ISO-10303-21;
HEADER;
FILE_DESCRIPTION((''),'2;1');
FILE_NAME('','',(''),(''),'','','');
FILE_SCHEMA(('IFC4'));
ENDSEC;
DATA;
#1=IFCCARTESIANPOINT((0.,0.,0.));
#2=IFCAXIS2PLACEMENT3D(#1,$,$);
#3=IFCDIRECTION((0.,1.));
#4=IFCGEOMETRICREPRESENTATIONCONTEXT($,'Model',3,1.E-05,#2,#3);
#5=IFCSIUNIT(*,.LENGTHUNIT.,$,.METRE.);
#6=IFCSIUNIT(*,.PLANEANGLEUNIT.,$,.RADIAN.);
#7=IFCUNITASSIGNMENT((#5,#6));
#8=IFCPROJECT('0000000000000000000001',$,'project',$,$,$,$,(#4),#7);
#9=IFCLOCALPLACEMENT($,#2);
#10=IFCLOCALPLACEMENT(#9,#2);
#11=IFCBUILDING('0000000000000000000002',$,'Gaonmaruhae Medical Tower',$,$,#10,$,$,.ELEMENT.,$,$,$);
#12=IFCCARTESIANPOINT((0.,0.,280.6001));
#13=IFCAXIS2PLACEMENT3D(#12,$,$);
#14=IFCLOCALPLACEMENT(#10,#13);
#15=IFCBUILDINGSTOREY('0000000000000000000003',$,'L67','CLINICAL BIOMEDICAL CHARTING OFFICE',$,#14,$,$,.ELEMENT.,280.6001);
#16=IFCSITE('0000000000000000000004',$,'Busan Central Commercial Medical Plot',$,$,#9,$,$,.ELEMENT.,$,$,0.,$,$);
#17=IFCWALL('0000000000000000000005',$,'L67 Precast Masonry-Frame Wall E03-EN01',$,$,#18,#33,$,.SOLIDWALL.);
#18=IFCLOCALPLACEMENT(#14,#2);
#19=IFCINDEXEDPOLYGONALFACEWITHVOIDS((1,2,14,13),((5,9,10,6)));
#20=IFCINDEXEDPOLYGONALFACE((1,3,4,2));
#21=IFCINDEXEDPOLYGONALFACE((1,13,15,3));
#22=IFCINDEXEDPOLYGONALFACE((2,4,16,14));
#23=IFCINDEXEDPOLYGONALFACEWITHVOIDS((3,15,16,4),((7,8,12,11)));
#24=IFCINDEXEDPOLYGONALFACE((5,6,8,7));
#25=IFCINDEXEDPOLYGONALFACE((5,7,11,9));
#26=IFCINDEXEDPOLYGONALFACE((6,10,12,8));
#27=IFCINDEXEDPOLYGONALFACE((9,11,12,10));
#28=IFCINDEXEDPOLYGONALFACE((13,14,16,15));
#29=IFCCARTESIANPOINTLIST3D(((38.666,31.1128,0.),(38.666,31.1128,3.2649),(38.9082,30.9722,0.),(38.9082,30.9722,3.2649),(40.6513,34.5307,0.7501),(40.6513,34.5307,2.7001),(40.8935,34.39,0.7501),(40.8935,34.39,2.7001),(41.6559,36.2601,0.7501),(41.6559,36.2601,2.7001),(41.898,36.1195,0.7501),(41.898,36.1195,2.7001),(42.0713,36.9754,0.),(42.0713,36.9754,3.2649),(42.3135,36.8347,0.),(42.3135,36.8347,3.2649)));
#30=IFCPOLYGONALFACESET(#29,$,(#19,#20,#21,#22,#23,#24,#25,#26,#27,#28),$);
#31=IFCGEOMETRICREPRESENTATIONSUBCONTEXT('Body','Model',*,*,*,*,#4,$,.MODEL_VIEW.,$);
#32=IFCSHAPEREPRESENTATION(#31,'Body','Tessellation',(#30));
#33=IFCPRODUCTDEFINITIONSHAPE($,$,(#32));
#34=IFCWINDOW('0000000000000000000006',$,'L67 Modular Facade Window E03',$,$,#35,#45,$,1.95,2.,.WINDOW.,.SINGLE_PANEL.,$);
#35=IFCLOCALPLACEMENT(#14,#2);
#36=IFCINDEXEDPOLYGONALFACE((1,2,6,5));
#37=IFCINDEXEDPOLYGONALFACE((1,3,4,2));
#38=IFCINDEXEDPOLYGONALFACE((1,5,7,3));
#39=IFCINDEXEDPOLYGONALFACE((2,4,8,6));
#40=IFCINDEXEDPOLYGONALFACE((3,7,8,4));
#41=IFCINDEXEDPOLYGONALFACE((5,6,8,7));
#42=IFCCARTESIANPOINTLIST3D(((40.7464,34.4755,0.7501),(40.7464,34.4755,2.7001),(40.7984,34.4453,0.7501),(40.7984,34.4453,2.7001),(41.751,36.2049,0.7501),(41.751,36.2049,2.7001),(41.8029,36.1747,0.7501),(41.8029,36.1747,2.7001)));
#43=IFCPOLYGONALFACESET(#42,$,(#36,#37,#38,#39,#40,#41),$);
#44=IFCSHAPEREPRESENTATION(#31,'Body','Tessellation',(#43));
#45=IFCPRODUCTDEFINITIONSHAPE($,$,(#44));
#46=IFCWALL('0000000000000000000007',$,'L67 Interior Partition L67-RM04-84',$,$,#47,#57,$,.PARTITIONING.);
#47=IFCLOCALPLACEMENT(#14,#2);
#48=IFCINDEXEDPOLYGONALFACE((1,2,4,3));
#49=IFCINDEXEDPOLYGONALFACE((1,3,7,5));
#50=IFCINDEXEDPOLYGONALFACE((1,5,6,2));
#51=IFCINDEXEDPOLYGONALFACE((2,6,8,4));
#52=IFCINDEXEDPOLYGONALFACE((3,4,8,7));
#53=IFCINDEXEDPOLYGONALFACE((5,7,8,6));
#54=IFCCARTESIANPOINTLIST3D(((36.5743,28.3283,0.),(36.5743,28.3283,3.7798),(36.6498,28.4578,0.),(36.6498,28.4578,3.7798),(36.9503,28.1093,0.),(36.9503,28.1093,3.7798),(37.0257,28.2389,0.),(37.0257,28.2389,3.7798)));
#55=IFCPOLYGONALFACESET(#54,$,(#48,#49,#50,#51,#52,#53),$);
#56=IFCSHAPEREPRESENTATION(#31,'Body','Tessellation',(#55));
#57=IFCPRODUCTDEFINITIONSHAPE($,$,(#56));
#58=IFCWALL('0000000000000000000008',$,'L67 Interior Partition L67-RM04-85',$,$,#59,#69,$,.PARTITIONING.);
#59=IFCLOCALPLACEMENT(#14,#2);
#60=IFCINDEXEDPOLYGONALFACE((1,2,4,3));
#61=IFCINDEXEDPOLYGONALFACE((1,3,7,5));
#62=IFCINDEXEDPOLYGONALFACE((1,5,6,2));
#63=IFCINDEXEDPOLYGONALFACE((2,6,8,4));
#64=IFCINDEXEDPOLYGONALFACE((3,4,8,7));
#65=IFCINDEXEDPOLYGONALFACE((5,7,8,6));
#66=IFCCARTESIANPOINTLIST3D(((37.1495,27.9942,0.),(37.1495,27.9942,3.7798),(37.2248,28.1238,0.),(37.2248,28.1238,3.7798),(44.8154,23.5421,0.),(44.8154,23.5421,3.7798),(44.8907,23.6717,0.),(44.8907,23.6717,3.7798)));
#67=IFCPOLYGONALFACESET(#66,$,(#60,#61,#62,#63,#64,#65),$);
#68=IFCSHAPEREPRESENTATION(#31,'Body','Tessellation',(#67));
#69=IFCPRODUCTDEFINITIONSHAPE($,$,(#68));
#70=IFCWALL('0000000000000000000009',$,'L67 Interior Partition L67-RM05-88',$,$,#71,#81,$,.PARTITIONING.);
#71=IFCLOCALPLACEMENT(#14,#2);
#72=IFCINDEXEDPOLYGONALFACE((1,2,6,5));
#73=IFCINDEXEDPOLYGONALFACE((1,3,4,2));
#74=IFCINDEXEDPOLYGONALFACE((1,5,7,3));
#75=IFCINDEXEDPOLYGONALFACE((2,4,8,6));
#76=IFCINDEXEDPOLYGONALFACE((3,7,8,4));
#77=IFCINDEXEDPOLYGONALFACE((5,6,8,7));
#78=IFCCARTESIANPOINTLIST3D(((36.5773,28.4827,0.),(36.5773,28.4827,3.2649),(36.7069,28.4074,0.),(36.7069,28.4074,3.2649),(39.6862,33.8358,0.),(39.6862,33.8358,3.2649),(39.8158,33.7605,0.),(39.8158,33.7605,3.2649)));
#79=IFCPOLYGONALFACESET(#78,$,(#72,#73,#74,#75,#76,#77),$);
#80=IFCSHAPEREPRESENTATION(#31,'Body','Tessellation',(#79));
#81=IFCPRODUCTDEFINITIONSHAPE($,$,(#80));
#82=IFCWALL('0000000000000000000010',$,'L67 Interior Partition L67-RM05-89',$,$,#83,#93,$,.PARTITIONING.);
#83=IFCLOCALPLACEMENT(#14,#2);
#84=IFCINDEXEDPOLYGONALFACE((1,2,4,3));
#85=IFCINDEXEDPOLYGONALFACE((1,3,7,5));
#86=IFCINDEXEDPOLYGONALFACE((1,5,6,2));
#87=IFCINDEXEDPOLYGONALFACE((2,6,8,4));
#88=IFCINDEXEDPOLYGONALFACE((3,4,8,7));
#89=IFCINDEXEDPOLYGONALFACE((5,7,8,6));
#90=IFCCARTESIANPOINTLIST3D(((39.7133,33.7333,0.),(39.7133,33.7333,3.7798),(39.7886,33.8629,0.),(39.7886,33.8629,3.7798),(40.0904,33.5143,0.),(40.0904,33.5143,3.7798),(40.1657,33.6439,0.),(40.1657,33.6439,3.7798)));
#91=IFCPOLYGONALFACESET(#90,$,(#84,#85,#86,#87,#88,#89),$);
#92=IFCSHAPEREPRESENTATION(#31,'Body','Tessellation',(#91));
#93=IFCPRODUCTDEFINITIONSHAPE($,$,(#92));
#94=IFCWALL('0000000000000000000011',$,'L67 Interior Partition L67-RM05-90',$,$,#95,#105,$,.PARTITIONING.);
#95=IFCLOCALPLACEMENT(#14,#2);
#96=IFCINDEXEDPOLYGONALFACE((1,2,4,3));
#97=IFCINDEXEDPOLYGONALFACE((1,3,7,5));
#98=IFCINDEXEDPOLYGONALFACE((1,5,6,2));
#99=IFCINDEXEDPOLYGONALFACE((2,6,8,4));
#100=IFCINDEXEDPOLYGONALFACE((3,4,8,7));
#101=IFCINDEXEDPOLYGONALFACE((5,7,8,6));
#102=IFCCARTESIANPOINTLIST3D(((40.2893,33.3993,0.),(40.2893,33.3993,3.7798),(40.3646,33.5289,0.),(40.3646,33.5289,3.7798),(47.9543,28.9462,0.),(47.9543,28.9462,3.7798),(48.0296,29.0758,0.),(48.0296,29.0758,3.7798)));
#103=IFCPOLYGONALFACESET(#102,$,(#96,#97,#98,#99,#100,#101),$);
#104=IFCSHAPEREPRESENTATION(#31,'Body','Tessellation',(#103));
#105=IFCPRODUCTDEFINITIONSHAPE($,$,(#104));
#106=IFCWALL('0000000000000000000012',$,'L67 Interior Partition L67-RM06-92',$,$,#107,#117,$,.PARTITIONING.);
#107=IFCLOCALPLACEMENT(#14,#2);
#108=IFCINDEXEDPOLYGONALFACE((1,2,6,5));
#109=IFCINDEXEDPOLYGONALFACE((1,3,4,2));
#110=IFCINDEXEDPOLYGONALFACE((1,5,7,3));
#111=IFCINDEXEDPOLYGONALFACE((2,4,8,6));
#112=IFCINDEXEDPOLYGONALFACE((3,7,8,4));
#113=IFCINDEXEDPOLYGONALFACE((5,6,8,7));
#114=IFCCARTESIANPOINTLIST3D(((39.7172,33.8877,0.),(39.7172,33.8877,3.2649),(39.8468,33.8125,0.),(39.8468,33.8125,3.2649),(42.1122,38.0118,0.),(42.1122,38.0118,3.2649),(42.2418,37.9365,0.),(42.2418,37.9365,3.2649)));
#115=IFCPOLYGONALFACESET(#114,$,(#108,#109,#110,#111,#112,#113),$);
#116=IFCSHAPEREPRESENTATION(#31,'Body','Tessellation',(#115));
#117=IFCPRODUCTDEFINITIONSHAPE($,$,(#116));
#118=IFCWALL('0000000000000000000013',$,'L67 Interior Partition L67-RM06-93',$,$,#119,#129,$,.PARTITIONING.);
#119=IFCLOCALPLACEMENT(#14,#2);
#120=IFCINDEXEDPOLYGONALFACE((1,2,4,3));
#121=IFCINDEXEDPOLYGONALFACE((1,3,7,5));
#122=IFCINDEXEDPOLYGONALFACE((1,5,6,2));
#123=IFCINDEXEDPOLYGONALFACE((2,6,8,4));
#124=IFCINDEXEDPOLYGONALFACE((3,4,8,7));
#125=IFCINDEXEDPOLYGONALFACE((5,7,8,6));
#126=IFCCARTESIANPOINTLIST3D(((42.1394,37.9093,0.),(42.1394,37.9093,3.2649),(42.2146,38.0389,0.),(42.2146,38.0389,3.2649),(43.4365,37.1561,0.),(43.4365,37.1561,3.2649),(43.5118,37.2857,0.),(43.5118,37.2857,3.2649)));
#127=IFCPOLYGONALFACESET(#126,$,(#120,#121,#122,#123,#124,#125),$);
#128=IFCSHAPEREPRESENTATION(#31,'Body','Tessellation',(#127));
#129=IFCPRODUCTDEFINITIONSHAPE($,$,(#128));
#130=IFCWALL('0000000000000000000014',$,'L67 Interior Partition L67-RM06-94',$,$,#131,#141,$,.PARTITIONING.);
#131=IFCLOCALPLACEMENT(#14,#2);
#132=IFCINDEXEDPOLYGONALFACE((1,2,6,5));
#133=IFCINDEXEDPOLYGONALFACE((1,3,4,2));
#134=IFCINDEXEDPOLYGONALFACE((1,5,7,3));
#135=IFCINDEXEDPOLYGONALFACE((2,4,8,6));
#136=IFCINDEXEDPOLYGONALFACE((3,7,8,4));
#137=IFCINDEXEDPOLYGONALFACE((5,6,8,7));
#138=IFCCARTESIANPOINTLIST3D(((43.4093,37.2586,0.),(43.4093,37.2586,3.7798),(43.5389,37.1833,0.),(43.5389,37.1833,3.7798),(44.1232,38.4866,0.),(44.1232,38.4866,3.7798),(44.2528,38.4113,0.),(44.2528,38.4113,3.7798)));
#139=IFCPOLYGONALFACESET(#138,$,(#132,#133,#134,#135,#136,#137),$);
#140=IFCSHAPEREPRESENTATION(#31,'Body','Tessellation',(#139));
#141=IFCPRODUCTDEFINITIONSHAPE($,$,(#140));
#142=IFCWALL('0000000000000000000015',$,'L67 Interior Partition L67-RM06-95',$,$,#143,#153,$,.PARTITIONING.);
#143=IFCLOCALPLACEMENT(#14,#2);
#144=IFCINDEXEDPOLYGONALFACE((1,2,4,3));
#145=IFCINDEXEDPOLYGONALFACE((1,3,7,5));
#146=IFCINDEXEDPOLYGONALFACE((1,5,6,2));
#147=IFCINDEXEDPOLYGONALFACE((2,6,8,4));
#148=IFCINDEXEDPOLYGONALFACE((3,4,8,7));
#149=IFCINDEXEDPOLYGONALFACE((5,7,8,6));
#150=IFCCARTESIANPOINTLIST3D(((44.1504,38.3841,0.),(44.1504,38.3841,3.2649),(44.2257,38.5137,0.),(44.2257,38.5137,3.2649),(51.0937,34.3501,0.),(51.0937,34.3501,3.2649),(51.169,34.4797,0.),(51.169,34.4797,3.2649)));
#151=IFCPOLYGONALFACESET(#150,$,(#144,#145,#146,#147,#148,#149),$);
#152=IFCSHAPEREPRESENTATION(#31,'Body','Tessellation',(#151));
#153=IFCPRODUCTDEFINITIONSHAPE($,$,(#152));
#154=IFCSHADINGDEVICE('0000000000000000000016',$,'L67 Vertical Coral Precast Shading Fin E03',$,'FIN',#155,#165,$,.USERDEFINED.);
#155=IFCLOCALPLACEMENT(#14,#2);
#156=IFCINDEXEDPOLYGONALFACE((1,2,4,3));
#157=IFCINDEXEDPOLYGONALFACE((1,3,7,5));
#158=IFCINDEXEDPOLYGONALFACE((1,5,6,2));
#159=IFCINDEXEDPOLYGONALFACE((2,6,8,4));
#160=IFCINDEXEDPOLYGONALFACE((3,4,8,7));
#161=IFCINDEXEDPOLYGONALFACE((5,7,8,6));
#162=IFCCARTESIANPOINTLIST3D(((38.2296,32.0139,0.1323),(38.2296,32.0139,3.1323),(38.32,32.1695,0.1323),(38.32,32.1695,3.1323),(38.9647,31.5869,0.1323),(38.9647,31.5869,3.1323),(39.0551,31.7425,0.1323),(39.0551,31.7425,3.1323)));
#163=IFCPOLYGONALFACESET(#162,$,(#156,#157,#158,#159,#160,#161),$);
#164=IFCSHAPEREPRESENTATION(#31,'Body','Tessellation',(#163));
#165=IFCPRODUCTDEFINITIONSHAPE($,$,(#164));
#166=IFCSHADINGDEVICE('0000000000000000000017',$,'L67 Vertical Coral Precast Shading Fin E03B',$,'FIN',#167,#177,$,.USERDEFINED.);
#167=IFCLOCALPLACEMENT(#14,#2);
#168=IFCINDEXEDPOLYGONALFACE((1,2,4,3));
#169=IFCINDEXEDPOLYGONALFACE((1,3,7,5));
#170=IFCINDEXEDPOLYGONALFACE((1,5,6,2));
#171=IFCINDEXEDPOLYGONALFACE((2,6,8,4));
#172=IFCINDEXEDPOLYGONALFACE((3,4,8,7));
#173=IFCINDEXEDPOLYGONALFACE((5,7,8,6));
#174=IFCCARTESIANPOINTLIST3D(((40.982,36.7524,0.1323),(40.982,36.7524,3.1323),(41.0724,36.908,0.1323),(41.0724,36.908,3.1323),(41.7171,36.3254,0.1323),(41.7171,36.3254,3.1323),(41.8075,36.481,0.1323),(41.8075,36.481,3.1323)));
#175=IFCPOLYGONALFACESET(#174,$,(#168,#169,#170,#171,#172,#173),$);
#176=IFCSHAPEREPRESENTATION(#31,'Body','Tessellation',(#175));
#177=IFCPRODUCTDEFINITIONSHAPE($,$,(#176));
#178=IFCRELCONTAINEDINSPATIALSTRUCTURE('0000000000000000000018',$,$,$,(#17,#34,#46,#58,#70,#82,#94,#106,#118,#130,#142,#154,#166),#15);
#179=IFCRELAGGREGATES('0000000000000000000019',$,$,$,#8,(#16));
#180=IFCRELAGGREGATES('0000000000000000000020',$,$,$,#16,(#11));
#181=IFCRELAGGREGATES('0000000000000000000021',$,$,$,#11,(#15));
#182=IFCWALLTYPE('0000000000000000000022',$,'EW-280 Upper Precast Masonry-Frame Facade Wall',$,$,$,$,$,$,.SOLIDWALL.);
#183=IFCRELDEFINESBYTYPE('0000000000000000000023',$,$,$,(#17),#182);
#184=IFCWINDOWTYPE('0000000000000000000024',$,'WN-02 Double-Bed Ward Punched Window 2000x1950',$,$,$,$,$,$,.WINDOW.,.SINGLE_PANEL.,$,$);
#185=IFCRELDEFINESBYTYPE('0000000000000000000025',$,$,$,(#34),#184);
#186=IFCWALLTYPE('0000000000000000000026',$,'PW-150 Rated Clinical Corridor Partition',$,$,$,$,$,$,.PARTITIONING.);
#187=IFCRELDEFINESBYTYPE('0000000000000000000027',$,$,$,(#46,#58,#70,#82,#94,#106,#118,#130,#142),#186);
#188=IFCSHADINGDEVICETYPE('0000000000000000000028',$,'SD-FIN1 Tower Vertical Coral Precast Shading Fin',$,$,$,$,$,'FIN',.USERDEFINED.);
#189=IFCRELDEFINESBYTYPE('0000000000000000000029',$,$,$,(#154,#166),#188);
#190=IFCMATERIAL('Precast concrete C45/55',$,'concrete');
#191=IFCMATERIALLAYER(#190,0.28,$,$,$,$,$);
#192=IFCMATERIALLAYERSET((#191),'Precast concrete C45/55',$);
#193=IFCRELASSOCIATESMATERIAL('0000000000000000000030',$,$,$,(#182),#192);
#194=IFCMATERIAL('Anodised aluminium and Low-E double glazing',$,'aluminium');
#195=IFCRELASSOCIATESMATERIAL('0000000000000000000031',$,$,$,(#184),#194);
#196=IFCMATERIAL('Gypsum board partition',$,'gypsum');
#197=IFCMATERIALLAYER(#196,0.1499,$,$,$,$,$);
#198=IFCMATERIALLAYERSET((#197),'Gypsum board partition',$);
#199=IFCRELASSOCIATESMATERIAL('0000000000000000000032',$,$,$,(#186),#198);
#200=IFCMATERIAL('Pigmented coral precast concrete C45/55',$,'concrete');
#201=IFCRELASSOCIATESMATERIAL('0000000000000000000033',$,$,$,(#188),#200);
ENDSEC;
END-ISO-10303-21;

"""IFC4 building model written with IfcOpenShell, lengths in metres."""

from ifc_helpers import new_model, si_unit, direction, frame, frame_2d, origin, origin_2d, place, context, subcontext, project, spatial, rectangle, extrude, material, layer, layer_set, type_object, element, fill, save


model = new_model("IFC4")

# Units and contexts
model_context = context("Model", 3, precision=1e-05, world=origin(), true_north=direction((0.0, 1.0)))
body_context = subcontext(model_context, "Body", "Model", "MODEL_VIEW")
ifc_project = project(units=[si_unit("LENGTHUNIT", "METRE"), si_unit("PLANEANGLEUNIT", "RADIAN")], contexts=[model_context])

# Site, building, storey
site_placement = place(None, origin())
site = spatial("IfcSite", under=ifc_project, at=site_placement, Name="Busan Central Commercial Medical Plot", CompositionType="ELEMENT", RefElevation=0.0)
building_placement = place(site_placement, origin())
building = spatial("IfcBuilding", under=site, at=building_placement, Name="Gaonmaruhae Medical Tower", CompositionType="ELEMENT")
storey_placement = place(building_placement, frame((0.0, 0.0, 280.6001)))
storey = spatial("IfcBuildingStorey", under=building, at=storey_placement, Name="L67", Description="CLINICAL BIOMEDICAL CHARTING OFFICE", CompositionType="ELEMENT", Elevation=280.6001)

# Shared definitions
ifc_material_1 = material(Name="Precast concrete C45/55", Category="concrete")
ifc_layer_1 = layer(ifc_material_1, 0.28)
ifc_layer_set_1 = layer_set([ifc_layer_1], Name="Precast concrete C45/55")
wall_type_1 = type_object("IfcWallType", Name="EW-280 Upper Precast Masonry-Frame Facade Wall", PredefinedType="SOLIDWALL", material=ifc_layer_set_1)

# Wall, opening, window
wall_1_placement = place(storey_placement, frame((38.7871, 31.0425, 0.0), z_axis=(0.0, 0.0, 1.0), x_axis=(0.502269, 0.864711, 0.0)))
wall_1 = element("IfcWall", 1, at=wall_1_placement, inside=storey, type_object=wall_type_1, Name="L67 Precast Masonry-Frame Wall E03-EN01", PredefinedType="SOLIDWALL", context=body_context, shape_type="SweptSolid", body=[
    extrude(rectangle(XDim=6.7798, YDim=0.28, at=frame_2d((3.3899, 0.0))), origin(), (0.0, 0.0, 1.0), 3.2649),
])
opening_placement = place(wall_1_placement, frame((3.9526, 0.0, 0.75)))
opening = element("IfcOpeningElement", 2, at=opening_placement, cuts=wall_1, PredefinedType="OPENING", context=body_context, shape_type="SweptSolid", body=[
    extrude(rectangle(XDim=2.0, YDim=1.95, at=frame_2d((1.0, 0.9751))), frame((0.0, 0.1499, 0.0), z_axis=(0.0, -1.0, 0.0), x_axis=(1.0, 0.0, 0.0)), (0.0, 0.0, 1.0), 0.3),
])
ifc_material_2 = material(Name="Anodised aluminium and Low-E double glazing", Category="aluminium")
window_type = type_object("IfcWindowType", Name="WN-02 Double-Bed Ward Punched Window 2000x1950", PartitioningType="SINGLE_PANEL", PredefinedType="WINDOW", material=ifc_material_2)
window_placement = place(opening_placement, origin())
window = element("IfcWindow", 3, at=window_placement, inside=storey, type_object=window_type, Name="L67 Modular Facade Window E03", OverallHeight=1.95, OverallWidth=2.0, PartitioningType="SINGLE_PANEL", PredefinedType="WINDOW", context=body_context, shape_type="SweptSolid", body=[
    extrude(rectangle(XDim=2.0, YDim=1.95, at=frame_2d((1.0, 0.9751))), frame((0.0, 0.03, 0.0), z_axis=(0.0, -1.0, 0.0), x_axis=(1.0, 0.0, 0.0)), (0.0, 0.0, 1.0), 0.0601),
])
fill(opening, window)

# Walls
ifc_material_3 = material(Name="Gypsum board partition", Category="gypsum")
ifc_layer_2 = layer(ifc_material_3, 0.1499)
ifc_layer_set_2 = layer_set([ifc_layer_2], Name="Gypsum board partition")
wall_type_2 = type_object("IfcWallType", Name="PW-150 Rated Clinical Corridor Partition", PredefinedType="PARTITIONING", material=ifc_layer_set_2)
wall_2_placement = place(storey_placement, frame((36.6121, 28.3931, 0.0), z_axis=(0.0, 0.0, 1.0), x_axis=(0.864104, -0.503313, 0.0)))
element("IfcWall", 4, at=wall_2_placement, inside=storey, type_object=wall_type_2, Name="L67 Interior Partition L67-RM04-84", PredefinedType="PARTITIONING", context=body_context, shape_type="SweptSolid", body=[
    extrude(rectangle(XDim=0.4351, YDim=0.1499, at=frame_2d((0.2175, 0.0))), origin(), (0.0, 0.0, 1.0), 3.7798),
])
wall_3_placement = place(storey_placement, frame((37.187, 28.0591, 0.0), z_axis=(0.0, 0.0, 1.0), x_axis=(0.864744, -0.502213, 0.0)))
element("IfcWall", 5, at=wall_3_placement, inside=storey, type_object=wall_type_2, Name="L67 Interior Partition L67-RM04-85", PredefinedType="PARTITIONING", context=body_context, shape_type="SweptSolid", body=[
    extrude(rectangle(XDim=8.865, YDim=0.1499, at=frame_2d((4.4326, 0.0))), origin(), (0.0, 0.0, 1.0), 3.7798),
])
wall_4_placement = place(storey_placement, frame((36.6421, 28.4451, 0.0), z_axis=(0.0, 0.0, 1.0), x_axis=(0.502217, 0.864741, 0.0)))
element("IfcWall", 6, at=wall_4_placement, inside=storey, type_object=wall_type_2, Name="L67 Interior Partition L67-RM05-88", PredefinedType="PARTITIONING", context=body_context, shape_type="SweptSolid", body=[
    extrude(rectangle(XDim=6.1904, YDim=0.1499, at=frame_2d((3.0952, 0.0))), origin(), (0.0, 0.0, 1.0), 3.2649),
])
wall_5_placement = place(storey_placement, frame((39.751, 33.7981, 0.0), z_axis=(0.0, 0.0, 1.0), x_axis=(0.864671, -0.502338, 0.0)))
element("IfcWall", 7, at=wall_5_placement, inside=storey, type_object=wall_type_2, Name="L67 Interior Partition L67-RM05-89", PredefinedType="PARTITIONING", context=body_context, shape_type="SweptSolid", body=[
    extrude(rectangle(XDim=0.436, YDim=0.1499, at=frame_2d((0.218, 0.0))), origin(), (0.0, 0.0, 1.0), 3.7798),
])
wall_6_placement = place(storey_placement, frame((40.3269, 33.4641, 0.0), z_axis=(0.0, 0.0, 1.0), x_axis=(0.864669, -0.502343, 0.0)))
element("IfcWall", 8, at=wall_6_placement, inside=storey, type_object=wall_type_2, Name="L67 Interior Partition L67-RM05-90", PredefinedType="PARTITIONING", context=body_context, shape_type="SweptSolid", body=[
    extrude(rectangle(XDim=8.8647, YDim=0.1499, at=frame_2d((4.4324, 0.0))), origin(), (0.0, 0.0, 1.0), 3.7798),
])
wall_7_placement = place(storey_placement, frame((39.782, 33.8501, 0.0), z_axis=(0.0, 0.0, 1.0), x_axis=(0.502202, 0.86475, 0.0)))
element("IfcWall", 9, at=wall_7_placement, inside=storey, type_object=wall_type_2, Name="L67 Interior Partition L67-RM06-92", PredefinedType="PARTITIONING", context=body_context, shape_type="SweptSolid", body=[
    extrude(rectangle(XDim=4.769, YDim=0.1499, at=frame_2d((2.3845, 0.0))), origin(), (0.0, 0.0, 1.0), 3.2649),
])
wall_8_placement = place(storey_placement, frame((42.177, 37.9741, 0.0), z_axis=(0.0, 0.0, 1.0), x_axis=(0.864787, -0.502139, 0.0)))
element("IfcWall", 10, at=wall_8_placement, inside=storey, type_object=wall_type_2, Name="L67 Interior Partition L67-RM06-93", PredefinedType="PARTITIONING", context=body_context, shape_type="SweptSolid", body=[
    extrude(rectangle(XDim=1.5, YDim=0.1499, at=frame_2d((0.75, 0.0))), origin(), (0.0, 0.0, 1.0), 3.2649),
])
wall_9_placement = place(storey_placement, frame((43.4741, 37.2209, 0.0), z_axis=(0.0, 0.0, 1.0), x_axis=(0.502567, 0.864538, 0.0)))
element("IfcWall", 11, at=wall_9_placement, inside=storey, type_object=wall_type_2, Name="L67 Interior Partition L67-RM06-94", PredefinedType="PARTITIONING", context=body_context, shape_type="SweptSolid", body=[
    extrude(rectangle(XDim=1.4204, YDim=0.1499, at=frame_2d((0.7102, 0.0))), origin(), (0.0, 0.0, 1.0), 3.7798),
])
wall_10_placement = place(storey_placement, frame((44.188, 38.449, 0.0), z_axis=(0.0, 0.0, 1.0), x_axis=(0.864656, -0.502364, 0.0)))
element("IfcWall", 12, at=wall_10_placement, inside=storey, type_object=wall_type_2, Name="L67 Interior Partition L67-RM06-95", PredefinedType="PARTITIONING", context=body_context, shape_type="SweptSolid", body=[
    extrude(rectangle(XDim=8.03, YDim=0.1499, at=frame_2d((4.0151, 0.0))), origin(), (0.0, 0.0, 1.0), 3.2649),
])

# Shading devices
ifc_material_4 = material(Name="Pigmented coral precast concrete C45/55", Category="concrete")
shading_device_type = type_object("IfcShadingDeviceType", Name="SD-FIN1 Tower Vertical Coral Precast Shading Fin", ElementType="FIN", PredefinedType="USERDEFINED", material=ifc_material_4)
for number, where, z_axis, x_axis, name in (
    (13, (38.6423, 31.8782, 0.1323), (0.0, 0.0, 1.0), (0.502266, 0.864713, 0.0), "L67 Vertical Coral Precast Shading Fin E03"),
    (14, (41.3948, 36.6167, 0.1323), (0.0, 0.0, 1.0), (0.502266, 0.864713, 0.0), "L67 Vertical Coral Precast Shading Fin E03B"),
):
    element("IfcShadingDevice", number, at=place(storey_placement, frame(where, z_axis=z_axis, x_axis=x_axis)), inside=storey, type_object=shading_device_type, Name=name, ObjectType="FIN", PredefinedType="USERDEFINED", context=body_context, shape_type="SweptSolid", body=[
        extrude(rectangle(XDim=0.1799, YDim=0.8501, at=origin_2d()), origin(), (0.0, 0.0, 1.0), 3.0),
    ])

save(model, "model.ifc")
